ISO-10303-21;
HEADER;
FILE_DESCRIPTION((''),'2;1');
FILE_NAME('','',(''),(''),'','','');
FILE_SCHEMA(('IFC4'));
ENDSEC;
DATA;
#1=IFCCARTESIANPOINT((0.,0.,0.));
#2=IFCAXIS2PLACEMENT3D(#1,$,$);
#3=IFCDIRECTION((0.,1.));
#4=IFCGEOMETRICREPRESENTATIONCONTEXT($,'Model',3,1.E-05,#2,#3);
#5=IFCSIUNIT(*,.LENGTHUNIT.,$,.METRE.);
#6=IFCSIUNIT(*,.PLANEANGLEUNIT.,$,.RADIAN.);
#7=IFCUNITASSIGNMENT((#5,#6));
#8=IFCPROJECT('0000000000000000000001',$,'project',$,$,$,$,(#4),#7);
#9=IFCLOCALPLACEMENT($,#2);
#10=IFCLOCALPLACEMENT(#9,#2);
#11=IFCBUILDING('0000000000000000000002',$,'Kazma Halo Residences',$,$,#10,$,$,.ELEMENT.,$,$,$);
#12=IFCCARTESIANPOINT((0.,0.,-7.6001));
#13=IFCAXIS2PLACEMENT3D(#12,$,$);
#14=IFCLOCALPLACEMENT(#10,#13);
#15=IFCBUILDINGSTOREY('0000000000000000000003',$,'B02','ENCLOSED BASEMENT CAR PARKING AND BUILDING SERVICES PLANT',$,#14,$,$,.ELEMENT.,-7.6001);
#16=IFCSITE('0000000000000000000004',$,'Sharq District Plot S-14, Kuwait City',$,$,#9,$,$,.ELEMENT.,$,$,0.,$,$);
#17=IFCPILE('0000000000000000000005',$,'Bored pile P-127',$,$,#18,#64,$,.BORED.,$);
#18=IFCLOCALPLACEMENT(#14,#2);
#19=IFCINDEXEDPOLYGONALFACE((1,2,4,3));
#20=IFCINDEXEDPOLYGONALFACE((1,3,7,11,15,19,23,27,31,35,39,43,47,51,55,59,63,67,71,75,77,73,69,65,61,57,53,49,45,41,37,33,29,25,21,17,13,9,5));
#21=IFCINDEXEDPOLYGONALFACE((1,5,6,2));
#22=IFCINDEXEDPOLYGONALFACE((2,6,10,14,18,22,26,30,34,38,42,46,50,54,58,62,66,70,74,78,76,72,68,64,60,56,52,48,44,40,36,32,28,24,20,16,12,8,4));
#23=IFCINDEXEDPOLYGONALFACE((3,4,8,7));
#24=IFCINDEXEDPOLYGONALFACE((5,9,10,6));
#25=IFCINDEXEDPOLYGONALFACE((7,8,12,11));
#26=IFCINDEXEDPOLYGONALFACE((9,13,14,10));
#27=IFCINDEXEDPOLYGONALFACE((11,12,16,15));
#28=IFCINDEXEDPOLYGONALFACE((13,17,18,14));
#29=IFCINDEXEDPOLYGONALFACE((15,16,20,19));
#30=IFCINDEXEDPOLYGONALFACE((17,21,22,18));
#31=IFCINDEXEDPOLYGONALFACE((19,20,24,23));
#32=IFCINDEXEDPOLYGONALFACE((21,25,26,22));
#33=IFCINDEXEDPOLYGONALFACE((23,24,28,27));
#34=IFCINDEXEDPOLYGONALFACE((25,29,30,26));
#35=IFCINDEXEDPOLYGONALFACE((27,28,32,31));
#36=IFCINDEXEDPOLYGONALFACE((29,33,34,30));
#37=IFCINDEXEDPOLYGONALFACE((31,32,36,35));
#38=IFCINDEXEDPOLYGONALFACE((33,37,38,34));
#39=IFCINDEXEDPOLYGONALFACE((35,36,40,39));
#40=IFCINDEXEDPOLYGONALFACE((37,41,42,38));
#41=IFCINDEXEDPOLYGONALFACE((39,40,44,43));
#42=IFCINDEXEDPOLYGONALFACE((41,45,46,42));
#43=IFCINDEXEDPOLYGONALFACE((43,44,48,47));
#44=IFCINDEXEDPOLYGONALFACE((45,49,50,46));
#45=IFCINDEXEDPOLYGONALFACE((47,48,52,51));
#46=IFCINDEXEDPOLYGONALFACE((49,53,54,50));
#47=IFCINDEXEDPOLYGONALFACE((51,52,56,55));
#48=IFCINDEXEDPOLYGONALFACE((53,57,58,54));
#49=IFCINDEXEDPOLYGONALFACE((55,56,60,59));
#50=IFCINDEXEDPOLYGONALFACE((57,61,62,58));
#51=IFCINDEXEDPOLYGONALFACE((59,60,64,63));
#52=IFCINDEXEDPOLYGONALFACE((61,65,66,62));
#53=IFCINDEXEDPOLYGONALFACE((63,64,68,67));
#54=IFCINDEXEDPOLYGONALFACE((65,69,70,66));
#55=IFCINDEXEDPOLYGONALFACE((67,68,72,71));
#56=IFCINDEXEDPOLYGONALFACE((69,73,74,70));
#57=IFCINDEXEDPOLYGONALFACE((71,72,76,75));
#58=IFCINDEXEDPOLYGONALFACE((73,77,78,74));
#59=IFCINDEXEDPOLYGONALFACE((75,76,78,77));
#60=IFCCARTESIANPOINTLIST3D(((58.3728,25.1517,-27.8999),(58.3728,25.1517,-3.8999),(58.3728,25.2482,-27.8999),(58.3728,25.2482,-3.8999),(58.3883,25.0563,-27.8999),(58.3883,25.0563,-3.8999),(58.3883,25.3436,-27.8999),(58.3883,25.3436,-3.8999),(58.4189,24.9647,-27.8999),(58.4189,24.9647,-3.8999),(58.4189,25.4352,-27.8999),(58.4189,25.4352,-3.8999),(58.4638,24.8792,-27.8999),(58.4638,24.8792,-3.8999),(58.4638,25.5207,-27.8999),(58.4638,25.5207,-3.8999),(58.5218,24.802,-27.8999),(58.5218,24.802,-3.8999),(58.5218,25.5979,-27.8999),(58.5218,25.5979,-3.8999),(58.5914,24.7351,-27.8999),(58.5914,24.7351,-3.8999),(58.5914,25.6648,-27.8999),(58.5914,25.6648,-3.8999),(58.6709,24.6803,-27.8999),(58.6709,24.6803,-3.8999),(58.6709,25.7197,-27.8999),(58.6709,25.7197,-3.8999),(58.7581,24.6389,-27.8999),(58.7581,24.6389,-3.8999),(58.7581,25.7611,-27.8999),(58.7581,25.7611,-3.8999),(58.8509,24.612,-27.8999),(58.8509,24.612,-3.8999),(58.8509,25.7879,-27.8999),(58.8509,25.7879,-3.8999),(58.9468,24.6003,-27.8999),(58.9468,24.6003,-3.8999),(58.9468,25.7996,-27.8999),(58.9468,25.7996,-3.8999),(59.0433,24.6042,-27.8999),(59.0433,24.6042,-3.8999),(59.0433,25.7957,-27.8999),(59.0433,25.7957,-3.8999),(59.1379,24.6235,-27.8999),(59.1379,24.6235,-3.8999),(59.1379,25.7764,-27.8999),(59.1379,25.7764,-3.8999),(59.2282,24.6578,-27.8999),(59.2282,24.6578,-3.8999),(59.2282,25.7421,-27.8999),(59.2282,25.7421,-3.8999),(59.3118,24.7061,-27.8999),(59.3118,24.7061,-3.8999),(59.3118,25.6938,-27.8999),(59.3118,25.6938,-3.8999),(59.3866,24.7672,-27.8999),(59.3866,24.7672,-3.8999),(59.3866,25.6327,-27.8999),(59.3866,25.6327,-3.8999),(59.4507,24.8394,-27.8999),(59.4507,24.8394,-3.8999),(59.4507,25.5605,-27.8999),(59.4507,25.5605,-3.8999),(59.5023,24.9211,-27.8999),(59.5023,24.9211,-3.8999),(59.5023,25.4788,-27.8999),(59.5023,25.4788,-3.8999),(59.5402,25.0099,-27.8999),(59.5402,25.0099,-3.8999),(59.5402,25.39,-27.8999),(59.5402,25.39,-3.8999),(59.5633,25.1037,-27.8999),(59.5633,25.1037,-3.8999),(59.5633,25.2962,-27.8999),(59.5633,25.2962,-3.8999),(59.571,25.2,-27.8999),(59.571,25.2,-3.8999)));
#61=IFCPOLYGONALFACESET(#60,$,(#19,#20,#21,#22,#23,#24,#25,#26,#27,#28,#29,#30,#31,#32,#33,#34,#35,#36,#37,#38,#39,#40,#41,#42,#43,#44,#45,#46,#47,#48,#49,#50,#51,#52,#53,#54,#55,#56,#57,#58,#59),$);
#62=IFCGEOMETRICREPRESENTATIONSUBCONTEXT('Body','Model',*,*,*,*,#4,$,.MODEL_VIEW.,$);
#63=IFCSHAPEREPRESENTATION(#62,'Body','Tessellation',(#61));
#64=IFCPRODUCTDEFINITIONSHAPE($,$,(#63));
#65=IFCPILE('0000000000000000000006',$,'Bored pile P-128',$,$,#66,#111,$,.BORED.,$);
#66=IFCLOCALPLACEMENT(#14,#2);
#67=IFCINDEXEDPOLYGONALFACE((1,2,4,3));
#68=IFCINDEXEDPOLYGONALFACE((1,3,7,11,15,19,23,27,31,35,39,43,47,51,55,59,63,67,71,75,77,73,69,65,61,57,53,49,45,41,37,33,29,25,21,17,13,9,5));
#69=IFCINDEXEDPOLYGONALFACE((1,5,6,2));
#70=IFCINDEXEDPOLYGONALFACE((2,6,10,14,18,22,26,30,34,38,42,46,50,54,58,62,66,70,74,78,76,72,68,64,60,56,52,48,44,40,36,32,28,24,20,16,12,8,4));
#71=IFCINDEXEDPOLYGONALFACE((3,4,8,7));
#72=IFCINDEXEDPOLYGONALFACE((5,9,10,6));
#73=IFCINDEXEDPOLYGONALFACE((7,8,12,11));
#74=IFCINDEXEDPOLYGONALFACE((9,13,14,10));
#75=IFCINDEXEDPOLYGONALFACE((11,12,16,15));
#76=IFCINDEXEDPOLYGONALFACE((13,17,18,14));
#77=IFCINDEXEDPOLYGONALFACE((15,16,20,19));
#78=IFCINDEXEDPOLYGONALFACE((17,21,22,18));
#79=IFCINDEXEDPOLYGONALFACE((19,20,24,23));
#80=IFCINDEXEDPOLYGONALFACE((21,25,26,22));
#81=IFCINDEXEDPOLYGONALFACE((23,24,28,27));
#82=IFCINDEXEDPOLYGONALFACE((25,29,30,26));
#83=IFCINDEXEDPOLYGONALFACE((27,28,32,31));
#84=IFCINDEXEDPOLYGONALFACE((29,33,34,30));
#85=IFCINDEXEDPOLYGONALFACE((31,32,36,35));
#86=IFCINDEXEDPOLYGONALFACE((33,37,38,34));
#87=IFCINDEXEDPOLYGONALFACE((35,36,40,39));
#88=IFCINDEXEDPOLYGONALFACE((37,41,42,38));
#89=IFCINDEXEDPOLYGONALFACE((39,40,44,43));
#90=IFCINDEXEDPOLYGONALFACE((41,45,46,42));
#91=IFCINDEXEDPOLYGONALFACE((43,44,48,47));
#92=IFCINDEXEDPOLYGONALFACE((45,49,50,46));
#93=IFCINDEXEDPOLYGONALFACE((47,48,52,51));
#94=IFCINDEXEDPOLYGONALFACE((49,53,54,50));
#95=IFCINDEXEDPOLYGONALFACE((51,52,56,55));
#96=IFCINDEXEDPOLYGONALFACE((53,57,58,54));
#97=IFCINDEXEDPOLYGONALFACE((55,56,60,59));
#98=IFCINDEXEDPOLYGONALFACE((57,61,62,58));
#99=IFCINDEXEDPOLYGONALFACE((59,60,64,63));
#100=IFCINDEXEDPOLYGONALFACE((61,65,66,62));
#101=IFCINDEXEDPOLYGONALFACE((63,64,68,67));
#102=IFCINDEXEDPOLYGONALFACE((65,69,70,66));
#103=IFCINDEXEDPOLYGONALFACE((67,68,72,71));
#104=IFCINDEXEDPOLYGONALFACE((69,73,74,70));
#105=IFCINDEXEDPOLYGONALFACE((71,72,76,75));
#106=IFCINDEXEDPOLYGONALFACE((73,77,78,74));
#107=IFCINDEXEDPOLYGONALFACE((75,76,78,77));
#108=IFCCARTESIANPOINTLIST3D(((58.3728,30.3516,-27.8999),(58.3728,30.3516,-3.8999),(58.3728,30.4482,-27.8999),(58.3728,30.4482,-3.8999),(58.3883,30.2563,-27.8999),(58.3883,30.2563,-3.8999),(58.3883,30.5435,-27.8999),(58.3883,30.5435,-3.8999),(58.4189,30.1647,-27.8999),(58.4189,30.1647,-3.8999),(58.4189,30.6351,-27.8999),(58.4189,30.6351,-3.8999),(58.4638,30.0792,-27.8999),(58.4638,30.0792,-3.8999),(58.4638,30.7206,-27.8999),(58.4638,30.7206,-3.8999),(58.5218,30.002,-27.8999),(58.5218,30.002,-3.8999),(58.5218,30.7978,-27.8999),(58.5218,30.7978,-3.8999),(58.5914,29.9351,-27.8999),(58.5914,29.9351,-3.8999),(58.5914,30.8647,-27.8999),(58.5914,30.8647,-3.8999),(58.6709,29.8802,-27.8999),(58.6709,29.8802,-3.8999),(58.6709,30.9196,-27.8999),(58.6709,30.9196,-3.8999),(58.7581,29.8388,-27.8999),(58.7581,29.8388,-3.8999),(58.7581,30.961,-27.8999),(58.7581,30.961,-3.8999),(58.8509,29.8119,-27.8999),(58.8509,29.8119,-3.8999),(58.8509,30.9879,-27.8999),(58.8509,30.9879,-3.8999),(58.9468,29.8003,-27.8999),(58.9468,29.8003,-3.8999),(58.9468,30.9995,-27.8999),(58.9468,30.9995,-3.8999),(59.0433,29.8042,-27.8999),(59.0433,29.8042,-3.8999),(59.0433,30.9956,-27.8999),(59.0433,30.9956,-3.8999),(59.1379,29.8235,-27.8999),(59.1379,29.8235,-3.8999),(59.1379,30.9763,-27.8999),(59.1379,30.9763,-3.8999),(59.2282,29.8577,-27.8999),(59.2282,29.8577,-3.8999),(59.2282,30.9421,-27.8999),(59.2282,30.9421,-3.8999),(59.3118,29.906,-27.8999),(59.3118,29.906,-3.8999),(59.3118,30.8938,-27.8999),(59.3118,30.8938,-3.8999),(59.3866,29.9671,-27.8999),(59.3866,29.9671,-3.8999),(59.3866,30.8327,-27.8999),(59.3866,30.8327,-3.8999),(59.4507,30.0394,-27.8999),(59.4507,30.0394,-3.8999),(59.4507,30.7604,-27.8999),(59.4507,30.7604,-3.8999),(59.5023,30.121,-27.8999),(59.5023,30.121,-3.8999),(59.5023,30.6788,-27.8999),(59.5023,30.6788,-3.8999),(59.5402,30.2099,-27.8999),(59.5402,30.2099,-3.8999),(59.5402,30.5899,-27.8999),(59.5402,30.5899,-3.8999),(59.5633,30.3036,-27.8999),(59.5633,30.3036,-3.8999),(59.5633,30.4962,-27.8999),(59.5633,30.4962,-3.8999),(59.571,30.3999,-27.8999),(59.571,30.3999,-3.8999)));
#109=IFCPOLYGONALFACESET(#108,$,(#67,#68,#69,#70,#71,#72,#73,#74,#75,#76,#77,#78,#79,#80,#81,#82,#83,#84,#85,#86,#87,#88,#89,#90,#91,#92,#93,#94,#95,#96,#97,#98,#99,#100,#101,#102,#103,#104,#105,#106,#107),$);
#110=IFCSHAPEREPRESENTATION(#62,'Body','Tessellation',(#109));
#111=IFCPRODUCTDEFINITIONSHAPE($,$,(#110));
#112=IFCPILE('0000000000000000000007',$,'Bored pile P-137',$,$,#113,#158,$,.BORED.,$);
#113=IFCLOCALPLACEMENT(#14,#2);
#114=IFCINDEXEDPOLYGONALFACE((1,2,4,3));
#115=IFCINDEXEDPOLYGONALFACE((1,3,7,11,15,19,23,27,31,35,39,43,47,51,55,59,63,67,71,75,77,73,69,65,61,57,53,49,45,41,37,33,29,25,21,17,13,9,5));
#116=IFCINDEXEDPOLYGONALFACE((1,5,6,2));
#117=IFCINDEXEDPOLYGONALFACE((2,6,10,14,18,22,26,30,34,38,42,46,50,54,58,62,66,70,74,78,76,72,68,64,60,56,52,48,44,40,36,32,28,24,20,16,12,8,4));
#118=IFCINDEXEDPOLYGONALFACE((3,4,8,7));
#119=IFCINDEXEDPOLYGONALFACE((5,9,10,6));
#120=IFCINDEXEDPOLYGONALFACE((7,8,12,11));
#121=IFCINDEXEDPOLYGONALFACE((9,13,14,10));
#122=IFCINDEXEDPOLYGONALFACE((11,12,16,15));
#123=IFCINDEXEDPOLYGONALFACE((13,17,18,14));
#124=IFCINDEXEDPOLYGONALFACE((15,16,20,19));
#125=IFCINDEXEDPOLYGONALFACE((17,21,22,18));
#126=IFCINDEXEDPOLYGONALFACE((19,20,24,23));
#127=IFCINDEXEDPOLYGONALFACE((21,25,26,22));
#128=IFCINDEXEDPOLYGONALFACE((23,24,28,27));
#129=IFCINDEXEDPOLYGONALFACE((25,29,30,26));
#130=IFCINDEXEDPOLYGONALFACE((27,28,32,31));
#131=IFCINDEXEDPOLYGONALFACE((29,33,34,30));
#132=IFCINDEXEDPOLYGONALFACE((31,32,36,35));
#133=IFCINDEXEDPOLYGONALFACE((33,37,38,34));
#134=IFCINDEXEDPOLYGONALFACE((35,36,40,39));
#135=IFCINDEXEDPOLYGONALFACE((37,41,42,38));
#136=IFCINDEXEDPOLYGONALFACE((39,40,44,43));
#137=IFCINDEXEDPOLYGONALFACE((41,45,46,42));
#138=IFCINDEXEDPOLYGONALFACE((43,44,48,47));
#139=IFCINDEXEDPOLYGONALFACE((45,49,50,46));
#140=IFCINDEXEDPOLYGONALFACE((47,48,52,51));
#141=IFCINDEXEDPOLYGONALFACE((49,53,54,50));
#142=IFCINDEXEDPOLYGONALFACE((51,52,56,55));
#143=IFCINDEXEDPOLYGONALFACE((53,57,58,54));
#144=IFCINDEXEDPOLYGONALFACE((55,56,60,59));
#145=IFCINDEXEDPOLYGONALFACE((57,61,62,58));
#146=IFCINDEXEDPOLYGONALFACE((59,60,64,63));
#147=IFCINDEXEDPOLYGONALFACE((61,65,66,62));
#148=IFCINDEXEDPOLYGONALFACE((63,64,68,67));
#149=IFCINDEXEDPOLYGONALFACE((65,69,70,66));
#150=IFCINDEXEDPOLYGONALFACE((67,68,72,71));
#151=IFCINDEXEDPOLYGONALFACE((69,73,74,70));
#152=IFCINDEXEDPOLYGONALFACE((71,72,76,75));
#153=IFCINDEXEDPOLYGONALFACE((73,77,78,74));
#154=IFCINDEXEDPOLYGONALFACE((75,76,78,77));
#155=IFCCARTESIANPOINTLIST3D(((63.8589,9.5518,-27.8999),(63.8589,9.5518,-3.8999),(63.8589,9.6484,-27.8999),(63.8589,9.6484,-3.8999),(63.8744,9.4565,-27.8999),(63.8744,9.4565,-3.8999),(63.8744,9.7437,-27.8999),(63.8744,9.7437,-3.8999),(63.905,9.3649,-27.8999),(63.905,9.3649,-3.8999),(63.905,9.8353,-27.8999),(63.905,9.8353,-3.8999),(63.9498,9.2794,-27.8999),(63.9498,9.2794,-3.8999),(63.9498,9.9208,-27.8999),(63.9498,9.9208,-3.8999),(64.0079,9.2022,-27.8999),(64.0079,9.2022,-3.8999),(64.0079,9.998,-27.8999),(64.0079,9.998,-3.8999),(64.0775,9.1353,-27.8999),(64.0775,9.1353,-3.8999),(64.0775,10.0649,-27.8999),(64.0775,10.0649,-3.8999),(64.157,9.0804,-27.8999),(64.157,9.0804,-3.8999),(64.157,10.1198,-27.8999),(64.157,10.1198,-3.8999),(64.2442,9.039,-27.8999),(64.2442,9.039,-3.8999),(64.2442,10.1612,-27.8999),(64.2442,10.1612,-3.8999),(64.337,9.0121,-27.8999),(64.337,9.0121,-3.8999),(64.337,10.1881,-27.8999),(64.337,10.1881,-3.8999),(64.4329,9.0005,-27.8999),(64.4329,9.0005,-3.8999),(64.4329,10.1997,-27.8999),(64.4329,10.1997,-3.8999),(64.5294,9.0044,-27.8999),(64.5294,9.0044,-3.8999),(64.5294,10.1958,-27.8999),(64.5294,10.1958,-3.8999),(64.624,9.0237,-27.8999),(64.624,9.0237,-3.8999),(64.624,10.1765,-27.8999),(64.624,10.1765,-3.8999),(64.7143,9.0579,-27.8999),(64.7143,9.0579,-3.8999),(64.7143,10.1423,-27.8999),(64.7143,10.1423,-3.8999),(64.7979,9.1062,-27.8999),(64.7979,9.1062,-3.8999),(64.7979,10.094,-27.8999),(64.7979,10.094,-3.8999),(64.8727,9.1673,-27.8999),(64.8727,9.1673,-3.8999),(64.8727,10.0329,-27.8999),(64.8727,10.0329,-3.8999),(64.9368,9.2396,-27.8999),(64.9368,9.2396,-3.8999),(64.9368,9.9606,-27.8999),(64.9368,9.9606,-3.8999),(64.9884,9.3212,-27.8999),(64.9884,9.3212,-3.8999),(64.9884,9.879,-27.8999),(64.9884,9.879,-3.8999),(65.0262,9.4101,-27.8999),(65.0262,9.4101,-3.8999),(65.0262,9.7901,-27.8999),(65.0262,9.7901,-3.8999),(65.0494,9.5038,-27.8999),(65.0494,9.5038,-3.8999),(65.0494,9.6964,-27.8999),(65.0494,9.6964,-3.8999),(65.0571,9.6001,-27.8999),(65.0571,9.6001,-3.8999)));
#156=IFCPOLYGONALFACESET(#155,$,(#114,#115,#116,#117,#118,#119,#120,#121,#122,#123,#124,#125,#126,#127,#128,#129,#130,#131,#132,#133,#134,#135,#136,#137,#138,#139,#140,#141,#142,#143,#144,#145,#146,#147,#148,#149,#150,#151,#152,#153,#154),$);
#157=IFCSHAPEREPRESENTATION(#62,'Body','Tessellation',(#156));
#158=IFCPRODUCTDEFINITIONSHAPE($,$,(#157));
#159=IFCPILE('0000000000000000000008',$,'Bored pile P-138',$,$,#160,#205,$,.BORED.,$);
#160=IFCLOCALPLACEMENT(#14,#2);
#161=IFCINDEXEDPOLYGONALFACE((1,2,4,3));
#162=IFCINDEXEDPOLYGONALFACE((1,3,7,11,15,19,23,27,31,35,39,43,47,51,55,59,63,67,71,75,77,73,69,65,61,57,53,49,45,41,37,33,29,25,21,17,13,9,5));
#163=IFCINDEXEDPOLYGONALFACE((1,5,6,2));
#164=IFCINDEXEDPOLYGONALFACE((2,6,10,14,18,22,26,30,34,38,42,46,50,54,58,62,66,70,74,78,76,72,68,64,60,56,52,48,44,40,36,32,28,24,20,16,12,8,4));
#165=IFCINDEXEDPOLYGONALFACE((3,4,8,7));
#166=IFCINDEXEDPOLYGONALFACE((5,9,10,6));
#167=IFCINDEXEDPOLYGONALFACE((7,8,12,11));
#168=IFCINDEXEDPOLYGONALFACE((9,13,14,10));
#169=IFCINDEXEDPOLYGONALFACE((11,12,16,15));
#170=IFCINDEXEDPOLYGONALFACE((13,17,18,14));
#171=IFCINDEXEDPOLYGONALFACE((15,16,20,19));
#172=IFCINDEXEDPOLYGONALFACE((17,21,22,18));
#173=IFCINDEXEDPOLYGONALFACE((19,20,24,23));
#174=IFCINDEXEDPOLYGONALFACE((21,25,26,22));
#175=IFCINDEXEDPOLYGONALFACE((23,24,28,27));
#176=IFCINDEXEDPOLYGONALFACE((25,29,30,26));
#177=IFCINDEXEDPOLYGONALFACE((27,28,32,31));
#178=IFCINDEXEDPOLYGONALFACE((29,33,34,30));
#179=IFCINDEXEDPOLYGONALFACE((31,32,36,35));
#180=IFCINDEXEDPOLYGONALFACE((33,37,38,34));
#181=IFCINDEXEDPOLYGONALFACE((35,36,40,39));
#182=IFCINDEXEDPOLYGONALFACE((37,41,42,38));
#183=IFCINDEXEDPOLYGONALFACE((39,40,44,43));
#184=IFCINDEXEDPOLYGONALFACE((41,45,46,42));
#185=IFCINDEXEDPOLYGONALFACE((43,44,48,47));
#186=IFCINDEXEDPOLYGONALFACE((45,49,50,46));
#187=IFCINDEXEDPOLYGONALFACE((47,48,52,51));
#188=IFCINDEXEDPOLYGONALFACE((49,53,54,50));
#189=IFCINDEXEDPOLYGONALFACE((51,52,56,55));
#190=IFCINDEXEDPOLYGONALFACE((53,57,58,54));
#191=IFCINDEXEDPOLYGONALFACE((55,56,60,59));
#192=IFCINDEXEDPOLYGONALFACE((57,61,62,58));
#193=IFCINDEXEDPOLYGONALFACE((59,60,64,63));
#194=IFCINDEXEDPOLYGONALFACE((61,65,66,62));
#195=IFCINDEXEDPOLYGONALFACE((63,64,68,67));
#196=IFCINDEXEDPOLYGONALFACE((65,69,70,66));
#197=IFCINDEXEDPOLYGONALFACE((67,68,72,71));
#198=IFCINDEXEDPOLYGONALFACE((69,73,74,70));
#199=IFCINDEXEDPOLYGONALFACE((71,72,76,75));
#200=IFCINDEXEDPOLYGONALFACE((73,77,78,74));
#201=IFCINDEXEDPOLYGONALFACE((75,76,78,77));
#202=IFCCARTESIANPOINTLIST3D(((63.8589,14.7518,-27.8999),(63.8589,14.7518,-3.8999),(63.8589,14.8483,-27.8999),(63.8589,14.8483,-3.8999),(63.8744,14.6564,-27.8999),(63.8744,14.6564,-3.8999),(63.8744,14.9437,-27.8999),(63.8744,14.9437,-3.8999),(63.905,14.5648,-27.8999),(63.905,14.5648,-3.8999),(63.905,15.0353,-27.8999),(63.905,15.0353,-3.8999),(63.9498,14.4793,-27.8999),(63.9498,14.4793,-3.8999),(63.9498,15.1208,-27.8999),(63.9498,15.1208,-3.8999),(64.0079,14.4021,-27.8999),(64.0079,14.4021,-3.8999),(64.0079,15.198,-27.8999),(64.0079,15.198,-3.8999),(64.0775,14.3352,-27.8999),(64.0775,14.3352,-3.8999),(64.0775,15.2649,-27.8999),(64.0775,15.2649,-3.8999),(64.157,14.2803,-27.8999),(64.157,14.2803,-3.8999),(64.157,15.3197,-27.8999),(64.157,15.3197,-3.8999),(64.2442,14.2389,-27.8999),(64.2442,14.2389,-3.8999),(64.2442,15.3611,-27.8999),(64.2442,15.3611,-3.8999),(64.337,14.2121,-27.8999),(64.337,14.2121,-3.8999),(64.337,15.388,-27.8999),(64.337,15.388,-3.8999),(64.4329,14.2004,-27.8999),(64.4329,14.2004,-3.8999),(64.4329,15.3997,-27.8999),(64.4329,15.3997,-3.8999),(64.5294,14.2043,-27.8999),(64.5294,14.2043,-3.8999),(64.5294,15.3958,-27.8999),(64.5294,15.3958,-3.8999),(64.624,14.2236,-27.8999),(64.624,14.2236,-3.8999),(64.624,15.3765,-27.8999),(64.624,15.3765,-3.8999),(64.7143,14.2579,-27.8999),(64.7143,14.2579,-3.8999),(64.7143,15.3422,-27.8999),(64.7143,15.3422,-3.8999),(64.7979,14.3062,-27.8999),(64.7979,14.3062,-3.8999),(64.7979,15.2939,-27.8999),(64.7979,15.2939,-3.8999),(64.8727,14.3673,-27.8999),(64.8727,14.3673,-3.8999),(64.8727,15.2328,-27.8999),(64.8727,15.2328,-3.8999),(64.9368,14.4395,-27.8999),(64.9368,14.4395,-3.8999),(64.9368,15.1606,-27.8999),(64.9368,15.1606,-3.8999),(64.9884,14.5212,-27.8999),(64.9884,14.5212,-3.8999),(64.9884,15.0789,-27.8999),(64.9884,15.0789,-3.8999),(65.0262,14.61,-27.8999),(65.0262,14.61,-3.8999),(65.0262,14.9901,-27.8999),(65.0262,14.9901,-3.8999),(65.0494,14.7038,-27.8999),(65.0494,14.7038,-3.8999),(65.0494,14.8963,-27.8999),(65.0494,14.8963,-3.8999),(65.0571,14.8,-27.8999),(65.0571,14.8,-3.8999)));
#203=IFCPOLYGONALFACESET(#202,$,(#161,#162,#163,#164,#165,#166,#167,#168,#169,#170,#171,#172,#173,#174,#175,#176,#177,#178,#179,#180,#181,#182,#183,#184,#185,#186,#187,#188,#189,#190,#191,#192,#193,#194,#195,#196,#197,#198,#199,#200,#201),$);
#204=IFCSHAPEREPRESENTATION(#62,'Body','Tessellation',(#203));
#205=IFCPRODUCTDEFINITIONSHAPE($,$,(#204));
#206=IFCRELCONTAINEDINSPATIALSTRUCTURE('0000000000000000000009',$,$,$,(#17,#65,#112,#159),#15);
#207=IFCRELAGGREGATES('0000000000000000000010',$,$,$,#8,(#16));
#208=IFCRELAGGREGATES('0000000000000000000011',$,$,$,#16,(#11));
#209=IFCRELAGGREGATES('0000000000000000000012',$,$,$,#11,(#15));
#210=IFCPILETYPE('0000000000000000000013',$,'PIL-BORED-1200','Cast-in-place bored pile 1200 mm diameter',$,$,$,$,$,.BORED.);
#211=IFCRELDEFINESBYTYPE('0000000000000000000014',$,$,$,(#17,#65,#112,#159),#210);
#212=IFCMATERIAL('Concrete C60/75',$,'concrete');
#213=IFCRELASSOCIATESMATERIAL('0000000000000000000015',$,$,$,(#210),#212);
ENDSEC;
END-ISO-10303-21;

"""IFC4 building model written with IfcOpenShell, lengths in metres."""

from ifc_helpers import new_model, si_unit, direction, frame, origin, origin_2d, place, context, subcontext, project, spatial, circle, extrude, material, material_profile, profile_set, type_object, element, save


model = new_model("IFC4")

# Units and contexts
model_context = context("Model", 3, precision=1e-05, world=origin(), true_north=direction((0.0, 1.0)))
body_context = subcontext(model_context, "Body", "Model", "MODEL_VIEW")
ifc_project = project(units=[si_unit("LENGTHUNIT", "METRE"), si_unit("PLANEANGLEUNIT", "RADIAN")], contexts=[model_context])

# Site, building, storey
site_placement = place(None, origin())
site = spatial("IfcSite", under=ifc_project, at=site_placement, Name="Sharq District Plot S-14, Kuwait City", CompositionType="ELEMENT", RefElevation=0.0)
building_placement = place(site_placement, origin())
building = spatial("IfcBuilding", under=site, at=building_placement, Name="Kazma Halo Residences", CompositionType="ELEMENT")
storey_placement = place(building_placement, frame((0.0, 0.0, -7.6001)))
storey = spatial("IfcBuildingStorey", under=building, at=storey_placement, Name="B02", Description="ENCLOSED BASEMENT CAR PARKING AND BUILDING SERVICES PLANT", CompositionType="ELEMENT", Elevation=-7.6001)

# Piles
ifc_material_1 = material(Name="Concrete C60/75", Category="concrete")
ifc_material_profile_1 = material_profile(ifc_material_1, circle(Radius=0.6001, at=origin_2d()), Name="CIRC1200")
ifc_profile_set_1 = profile_set([ifc_material_profile_1], Name="Concrete C60/75")
pile_type = type_object("IfcPileType", Name="PIL-BORED-1200", Description="Cast-in-place bored pile 1200 mm diameter", PredefinedType="BORED", material=ifc_profile_set_1)
for number, where, z_axis, x_axis, name in (
    (1, (58.9709, 25.2, -3.8999), (0.0, 0.0, -1.0), (1.0, 0.0, 0.0), "Bored pile P-127"),
    (2, (58.9709, 30.3999, -3.8999), (0.0, 0.0, -1.0), (1.0, 0.0, 0.0), "Bored pile P-128"),
    (3, (64.457, 9.6001, -3.8999), (0.0, 0.0, -1.0), (1.0, 0.0, 0.0), "Bored pile P-137"),
    (4, (64.457, 14.8, -3.8999), (0.0, 0.0, -1.0), (1.0, 0.0, 0.0), "Bored pile P-138"),
):
    element("IfcPile", number, at=place(storey_placement, frame(where, z_axis=z_axis, x_axis=x_axis)), inside=storey, type_object=pile_type, Name=name, PredefinedType="BORED", context=body_context, shape_type="SweptSolid", body=[
        extrude(circle(Radius=0.6001, at=origin_2d()), origin(), (0.0, 0.0, 1.0), 24.0),
    ])

save(model, "model.ifc")
